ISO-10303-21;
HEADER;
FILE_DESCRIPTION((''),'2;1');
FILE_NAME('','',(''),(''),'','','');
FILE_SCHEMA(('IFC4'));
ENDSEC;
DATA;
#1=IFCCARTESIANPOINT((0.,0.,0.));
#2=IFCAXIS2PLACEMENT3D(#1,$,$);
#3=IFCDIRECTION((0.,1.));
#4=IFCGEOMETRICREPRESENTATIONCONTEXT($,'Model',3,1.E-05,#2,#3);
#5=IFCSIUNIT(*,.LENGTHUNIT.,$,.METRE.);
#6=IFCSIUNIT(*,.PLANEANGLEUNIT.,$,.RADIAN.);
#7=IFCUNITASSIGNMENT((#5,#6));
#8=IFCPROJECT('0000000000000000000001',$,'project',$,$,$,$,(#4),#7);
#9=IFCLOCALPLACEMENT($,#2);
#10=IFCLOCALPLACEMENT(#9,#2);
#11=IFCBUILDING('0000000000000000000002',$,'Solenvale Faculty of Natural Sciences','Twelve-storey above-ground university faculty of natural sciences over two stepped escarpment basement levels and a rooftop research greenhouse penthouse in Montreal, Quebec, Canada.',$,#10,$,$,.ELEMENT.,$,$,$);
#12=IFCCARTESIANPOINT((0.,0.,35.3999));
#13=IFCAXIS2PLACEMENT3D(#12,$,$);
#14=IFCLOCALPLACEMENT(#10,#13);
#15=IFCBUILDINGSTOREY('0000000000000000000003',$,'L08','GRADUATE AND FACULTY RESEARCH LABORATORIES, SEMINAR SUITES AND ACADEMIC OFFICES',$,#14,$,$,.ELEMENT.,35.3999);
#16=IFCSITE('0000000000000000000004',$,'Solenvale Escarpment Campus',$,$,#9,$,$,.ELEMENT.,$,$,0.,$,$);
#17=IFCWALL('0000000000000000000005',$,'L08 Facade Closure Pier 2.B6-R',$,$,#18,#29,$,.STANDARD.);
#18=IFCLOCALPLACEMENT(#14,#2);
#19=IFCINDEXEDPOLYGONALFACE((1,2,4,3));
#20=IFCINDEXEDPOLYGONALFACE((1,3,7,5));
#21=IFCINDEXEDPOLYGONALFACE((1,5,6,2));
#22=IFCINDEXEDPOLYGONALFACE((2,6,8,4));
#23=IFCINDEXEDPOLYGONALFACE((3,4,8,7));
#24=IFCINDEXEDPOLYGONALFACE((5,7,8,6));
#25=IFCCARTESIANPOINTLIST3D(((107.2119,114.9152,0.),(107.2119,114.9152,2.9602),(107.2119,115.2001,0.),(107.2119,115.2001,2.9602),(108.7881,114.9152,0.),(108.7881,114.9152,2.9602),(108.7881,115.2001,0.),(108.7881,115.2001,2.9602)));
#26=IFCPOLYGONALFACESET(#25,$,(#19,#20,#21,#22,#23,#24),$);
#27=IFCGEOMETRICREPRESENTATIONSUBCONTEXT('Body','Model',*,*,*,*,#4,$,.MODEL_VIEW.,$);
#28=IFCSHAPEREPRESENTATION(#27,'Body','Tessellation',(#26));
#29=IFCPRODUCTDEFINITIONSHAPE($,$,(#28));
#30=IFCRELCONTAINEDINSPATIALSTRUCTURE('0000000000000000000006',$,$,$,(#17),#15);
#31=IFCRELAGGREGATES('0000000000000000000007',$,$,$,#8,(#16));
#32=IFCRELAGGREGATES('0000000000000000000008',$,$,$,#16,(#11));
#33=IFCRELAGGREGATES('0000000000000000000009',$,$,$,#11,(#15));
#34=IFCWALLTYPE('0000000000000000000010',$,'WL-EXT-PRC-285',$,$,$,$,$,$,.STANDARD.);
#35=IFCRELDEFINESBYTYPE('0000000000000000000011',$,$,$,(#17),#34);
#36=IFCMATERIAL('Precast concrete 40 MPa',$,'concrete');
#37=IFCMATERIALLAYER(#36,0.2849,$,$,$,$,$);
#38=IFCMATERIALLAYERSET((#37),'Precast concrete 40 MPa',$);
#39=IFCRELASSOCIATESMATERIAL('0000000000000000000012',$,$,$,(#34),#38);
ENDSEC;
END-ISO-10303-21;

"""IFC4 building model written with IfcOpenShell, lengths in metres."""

from ifc_helpers import new_model, si_unit, direction, frame, frame_2d, origin, place, context, subcontext, project, spatial, rectangle, extrude, material, layer, layer_set, type_object, element, save


model = new_model("IFC4")

# Units and contexts
model_context = context("Model", 3, precision=1e-05, world=origin(), true_north=direction((0.0, 1.0)))
body_context = subcontext(model_context, "Body", "Model", "MODEL_VIEW")
ifc_project = project(units=[si_unit("LENGTHUNIT", "METRE"), si_unit("PLANEANGLEUNIT", "RADIAN")], contexts=[model_context])

# Site, building, storey
site_placement = place(None, origin())
site = spatial("IfcSite", under=ifc_project, at=site_placement, Name="Solenvale Escarpment Campus", CompositionType="ELEMENT", RefElevation=0.0)
building_placement = place(site_placement, origin())
building = spatial("IfcBuilding", under=site, at=building_placement, Name="Solenvale Faculty of Natural Sciences", Description="Twelve-storey above-ground university faculty of natural sciences over two stepped escarpment basement levels and a rooftop research greenhouse penthouse in Montreal, Quebec, Canada.", CompositionType="ELEMENT")
storey_placement = place(building_placement, frame((0.0, 0.0, 35.3999)))
storey = spatial("IfcBuildingStorey", under=building, at=storey_placement, Name="L08", Description="GRADUATE AND FACULTY RESEARCH LABORATORIES, SEMINAR SUITES AND ACADEMIC OFFICES", CompositionType="ELEMENT", Elevation=35.3999)

# Shared definitions
ifc_material_1 = material(Name="Precast concrete 40 MPa", Category="concrete")

# Wall
ifc_layer_1 = layer(ifc_material_1, 0.2849)
ifc_layer_set_1 = layer_set([ifc_layer_1], Name="Precast concrete 40 MPa")
wall_type = type_object("IfcWallType", Name="WL-EXT-PRC-285", PredefinedType="STANDARD", material=ifc_layer_set_1)
wall_placement = place(storey_placement, frame((108.7881, 115.0576, 0.0), z_axis=(0.0, 0.0, 1.0), x_axis=(-1.0, 0.0, 0.0)))
element("IfcWall", 1, at=wall_placement, inside=storey, type_object=wall_type, Name="L08 Facade Closure Pier 2.B6-R", PredefinedType="STANDARD", context=body_context, shape_type="SweptSolid", body=[
    extrude(rectangle(XDim=1.5762, YDim=0.2849, at=frame_2d((0.7881, 0.0))), origin(), (0.0, 0.0, 1.0), 2.9602),
])

save(model, "model.ifc")
